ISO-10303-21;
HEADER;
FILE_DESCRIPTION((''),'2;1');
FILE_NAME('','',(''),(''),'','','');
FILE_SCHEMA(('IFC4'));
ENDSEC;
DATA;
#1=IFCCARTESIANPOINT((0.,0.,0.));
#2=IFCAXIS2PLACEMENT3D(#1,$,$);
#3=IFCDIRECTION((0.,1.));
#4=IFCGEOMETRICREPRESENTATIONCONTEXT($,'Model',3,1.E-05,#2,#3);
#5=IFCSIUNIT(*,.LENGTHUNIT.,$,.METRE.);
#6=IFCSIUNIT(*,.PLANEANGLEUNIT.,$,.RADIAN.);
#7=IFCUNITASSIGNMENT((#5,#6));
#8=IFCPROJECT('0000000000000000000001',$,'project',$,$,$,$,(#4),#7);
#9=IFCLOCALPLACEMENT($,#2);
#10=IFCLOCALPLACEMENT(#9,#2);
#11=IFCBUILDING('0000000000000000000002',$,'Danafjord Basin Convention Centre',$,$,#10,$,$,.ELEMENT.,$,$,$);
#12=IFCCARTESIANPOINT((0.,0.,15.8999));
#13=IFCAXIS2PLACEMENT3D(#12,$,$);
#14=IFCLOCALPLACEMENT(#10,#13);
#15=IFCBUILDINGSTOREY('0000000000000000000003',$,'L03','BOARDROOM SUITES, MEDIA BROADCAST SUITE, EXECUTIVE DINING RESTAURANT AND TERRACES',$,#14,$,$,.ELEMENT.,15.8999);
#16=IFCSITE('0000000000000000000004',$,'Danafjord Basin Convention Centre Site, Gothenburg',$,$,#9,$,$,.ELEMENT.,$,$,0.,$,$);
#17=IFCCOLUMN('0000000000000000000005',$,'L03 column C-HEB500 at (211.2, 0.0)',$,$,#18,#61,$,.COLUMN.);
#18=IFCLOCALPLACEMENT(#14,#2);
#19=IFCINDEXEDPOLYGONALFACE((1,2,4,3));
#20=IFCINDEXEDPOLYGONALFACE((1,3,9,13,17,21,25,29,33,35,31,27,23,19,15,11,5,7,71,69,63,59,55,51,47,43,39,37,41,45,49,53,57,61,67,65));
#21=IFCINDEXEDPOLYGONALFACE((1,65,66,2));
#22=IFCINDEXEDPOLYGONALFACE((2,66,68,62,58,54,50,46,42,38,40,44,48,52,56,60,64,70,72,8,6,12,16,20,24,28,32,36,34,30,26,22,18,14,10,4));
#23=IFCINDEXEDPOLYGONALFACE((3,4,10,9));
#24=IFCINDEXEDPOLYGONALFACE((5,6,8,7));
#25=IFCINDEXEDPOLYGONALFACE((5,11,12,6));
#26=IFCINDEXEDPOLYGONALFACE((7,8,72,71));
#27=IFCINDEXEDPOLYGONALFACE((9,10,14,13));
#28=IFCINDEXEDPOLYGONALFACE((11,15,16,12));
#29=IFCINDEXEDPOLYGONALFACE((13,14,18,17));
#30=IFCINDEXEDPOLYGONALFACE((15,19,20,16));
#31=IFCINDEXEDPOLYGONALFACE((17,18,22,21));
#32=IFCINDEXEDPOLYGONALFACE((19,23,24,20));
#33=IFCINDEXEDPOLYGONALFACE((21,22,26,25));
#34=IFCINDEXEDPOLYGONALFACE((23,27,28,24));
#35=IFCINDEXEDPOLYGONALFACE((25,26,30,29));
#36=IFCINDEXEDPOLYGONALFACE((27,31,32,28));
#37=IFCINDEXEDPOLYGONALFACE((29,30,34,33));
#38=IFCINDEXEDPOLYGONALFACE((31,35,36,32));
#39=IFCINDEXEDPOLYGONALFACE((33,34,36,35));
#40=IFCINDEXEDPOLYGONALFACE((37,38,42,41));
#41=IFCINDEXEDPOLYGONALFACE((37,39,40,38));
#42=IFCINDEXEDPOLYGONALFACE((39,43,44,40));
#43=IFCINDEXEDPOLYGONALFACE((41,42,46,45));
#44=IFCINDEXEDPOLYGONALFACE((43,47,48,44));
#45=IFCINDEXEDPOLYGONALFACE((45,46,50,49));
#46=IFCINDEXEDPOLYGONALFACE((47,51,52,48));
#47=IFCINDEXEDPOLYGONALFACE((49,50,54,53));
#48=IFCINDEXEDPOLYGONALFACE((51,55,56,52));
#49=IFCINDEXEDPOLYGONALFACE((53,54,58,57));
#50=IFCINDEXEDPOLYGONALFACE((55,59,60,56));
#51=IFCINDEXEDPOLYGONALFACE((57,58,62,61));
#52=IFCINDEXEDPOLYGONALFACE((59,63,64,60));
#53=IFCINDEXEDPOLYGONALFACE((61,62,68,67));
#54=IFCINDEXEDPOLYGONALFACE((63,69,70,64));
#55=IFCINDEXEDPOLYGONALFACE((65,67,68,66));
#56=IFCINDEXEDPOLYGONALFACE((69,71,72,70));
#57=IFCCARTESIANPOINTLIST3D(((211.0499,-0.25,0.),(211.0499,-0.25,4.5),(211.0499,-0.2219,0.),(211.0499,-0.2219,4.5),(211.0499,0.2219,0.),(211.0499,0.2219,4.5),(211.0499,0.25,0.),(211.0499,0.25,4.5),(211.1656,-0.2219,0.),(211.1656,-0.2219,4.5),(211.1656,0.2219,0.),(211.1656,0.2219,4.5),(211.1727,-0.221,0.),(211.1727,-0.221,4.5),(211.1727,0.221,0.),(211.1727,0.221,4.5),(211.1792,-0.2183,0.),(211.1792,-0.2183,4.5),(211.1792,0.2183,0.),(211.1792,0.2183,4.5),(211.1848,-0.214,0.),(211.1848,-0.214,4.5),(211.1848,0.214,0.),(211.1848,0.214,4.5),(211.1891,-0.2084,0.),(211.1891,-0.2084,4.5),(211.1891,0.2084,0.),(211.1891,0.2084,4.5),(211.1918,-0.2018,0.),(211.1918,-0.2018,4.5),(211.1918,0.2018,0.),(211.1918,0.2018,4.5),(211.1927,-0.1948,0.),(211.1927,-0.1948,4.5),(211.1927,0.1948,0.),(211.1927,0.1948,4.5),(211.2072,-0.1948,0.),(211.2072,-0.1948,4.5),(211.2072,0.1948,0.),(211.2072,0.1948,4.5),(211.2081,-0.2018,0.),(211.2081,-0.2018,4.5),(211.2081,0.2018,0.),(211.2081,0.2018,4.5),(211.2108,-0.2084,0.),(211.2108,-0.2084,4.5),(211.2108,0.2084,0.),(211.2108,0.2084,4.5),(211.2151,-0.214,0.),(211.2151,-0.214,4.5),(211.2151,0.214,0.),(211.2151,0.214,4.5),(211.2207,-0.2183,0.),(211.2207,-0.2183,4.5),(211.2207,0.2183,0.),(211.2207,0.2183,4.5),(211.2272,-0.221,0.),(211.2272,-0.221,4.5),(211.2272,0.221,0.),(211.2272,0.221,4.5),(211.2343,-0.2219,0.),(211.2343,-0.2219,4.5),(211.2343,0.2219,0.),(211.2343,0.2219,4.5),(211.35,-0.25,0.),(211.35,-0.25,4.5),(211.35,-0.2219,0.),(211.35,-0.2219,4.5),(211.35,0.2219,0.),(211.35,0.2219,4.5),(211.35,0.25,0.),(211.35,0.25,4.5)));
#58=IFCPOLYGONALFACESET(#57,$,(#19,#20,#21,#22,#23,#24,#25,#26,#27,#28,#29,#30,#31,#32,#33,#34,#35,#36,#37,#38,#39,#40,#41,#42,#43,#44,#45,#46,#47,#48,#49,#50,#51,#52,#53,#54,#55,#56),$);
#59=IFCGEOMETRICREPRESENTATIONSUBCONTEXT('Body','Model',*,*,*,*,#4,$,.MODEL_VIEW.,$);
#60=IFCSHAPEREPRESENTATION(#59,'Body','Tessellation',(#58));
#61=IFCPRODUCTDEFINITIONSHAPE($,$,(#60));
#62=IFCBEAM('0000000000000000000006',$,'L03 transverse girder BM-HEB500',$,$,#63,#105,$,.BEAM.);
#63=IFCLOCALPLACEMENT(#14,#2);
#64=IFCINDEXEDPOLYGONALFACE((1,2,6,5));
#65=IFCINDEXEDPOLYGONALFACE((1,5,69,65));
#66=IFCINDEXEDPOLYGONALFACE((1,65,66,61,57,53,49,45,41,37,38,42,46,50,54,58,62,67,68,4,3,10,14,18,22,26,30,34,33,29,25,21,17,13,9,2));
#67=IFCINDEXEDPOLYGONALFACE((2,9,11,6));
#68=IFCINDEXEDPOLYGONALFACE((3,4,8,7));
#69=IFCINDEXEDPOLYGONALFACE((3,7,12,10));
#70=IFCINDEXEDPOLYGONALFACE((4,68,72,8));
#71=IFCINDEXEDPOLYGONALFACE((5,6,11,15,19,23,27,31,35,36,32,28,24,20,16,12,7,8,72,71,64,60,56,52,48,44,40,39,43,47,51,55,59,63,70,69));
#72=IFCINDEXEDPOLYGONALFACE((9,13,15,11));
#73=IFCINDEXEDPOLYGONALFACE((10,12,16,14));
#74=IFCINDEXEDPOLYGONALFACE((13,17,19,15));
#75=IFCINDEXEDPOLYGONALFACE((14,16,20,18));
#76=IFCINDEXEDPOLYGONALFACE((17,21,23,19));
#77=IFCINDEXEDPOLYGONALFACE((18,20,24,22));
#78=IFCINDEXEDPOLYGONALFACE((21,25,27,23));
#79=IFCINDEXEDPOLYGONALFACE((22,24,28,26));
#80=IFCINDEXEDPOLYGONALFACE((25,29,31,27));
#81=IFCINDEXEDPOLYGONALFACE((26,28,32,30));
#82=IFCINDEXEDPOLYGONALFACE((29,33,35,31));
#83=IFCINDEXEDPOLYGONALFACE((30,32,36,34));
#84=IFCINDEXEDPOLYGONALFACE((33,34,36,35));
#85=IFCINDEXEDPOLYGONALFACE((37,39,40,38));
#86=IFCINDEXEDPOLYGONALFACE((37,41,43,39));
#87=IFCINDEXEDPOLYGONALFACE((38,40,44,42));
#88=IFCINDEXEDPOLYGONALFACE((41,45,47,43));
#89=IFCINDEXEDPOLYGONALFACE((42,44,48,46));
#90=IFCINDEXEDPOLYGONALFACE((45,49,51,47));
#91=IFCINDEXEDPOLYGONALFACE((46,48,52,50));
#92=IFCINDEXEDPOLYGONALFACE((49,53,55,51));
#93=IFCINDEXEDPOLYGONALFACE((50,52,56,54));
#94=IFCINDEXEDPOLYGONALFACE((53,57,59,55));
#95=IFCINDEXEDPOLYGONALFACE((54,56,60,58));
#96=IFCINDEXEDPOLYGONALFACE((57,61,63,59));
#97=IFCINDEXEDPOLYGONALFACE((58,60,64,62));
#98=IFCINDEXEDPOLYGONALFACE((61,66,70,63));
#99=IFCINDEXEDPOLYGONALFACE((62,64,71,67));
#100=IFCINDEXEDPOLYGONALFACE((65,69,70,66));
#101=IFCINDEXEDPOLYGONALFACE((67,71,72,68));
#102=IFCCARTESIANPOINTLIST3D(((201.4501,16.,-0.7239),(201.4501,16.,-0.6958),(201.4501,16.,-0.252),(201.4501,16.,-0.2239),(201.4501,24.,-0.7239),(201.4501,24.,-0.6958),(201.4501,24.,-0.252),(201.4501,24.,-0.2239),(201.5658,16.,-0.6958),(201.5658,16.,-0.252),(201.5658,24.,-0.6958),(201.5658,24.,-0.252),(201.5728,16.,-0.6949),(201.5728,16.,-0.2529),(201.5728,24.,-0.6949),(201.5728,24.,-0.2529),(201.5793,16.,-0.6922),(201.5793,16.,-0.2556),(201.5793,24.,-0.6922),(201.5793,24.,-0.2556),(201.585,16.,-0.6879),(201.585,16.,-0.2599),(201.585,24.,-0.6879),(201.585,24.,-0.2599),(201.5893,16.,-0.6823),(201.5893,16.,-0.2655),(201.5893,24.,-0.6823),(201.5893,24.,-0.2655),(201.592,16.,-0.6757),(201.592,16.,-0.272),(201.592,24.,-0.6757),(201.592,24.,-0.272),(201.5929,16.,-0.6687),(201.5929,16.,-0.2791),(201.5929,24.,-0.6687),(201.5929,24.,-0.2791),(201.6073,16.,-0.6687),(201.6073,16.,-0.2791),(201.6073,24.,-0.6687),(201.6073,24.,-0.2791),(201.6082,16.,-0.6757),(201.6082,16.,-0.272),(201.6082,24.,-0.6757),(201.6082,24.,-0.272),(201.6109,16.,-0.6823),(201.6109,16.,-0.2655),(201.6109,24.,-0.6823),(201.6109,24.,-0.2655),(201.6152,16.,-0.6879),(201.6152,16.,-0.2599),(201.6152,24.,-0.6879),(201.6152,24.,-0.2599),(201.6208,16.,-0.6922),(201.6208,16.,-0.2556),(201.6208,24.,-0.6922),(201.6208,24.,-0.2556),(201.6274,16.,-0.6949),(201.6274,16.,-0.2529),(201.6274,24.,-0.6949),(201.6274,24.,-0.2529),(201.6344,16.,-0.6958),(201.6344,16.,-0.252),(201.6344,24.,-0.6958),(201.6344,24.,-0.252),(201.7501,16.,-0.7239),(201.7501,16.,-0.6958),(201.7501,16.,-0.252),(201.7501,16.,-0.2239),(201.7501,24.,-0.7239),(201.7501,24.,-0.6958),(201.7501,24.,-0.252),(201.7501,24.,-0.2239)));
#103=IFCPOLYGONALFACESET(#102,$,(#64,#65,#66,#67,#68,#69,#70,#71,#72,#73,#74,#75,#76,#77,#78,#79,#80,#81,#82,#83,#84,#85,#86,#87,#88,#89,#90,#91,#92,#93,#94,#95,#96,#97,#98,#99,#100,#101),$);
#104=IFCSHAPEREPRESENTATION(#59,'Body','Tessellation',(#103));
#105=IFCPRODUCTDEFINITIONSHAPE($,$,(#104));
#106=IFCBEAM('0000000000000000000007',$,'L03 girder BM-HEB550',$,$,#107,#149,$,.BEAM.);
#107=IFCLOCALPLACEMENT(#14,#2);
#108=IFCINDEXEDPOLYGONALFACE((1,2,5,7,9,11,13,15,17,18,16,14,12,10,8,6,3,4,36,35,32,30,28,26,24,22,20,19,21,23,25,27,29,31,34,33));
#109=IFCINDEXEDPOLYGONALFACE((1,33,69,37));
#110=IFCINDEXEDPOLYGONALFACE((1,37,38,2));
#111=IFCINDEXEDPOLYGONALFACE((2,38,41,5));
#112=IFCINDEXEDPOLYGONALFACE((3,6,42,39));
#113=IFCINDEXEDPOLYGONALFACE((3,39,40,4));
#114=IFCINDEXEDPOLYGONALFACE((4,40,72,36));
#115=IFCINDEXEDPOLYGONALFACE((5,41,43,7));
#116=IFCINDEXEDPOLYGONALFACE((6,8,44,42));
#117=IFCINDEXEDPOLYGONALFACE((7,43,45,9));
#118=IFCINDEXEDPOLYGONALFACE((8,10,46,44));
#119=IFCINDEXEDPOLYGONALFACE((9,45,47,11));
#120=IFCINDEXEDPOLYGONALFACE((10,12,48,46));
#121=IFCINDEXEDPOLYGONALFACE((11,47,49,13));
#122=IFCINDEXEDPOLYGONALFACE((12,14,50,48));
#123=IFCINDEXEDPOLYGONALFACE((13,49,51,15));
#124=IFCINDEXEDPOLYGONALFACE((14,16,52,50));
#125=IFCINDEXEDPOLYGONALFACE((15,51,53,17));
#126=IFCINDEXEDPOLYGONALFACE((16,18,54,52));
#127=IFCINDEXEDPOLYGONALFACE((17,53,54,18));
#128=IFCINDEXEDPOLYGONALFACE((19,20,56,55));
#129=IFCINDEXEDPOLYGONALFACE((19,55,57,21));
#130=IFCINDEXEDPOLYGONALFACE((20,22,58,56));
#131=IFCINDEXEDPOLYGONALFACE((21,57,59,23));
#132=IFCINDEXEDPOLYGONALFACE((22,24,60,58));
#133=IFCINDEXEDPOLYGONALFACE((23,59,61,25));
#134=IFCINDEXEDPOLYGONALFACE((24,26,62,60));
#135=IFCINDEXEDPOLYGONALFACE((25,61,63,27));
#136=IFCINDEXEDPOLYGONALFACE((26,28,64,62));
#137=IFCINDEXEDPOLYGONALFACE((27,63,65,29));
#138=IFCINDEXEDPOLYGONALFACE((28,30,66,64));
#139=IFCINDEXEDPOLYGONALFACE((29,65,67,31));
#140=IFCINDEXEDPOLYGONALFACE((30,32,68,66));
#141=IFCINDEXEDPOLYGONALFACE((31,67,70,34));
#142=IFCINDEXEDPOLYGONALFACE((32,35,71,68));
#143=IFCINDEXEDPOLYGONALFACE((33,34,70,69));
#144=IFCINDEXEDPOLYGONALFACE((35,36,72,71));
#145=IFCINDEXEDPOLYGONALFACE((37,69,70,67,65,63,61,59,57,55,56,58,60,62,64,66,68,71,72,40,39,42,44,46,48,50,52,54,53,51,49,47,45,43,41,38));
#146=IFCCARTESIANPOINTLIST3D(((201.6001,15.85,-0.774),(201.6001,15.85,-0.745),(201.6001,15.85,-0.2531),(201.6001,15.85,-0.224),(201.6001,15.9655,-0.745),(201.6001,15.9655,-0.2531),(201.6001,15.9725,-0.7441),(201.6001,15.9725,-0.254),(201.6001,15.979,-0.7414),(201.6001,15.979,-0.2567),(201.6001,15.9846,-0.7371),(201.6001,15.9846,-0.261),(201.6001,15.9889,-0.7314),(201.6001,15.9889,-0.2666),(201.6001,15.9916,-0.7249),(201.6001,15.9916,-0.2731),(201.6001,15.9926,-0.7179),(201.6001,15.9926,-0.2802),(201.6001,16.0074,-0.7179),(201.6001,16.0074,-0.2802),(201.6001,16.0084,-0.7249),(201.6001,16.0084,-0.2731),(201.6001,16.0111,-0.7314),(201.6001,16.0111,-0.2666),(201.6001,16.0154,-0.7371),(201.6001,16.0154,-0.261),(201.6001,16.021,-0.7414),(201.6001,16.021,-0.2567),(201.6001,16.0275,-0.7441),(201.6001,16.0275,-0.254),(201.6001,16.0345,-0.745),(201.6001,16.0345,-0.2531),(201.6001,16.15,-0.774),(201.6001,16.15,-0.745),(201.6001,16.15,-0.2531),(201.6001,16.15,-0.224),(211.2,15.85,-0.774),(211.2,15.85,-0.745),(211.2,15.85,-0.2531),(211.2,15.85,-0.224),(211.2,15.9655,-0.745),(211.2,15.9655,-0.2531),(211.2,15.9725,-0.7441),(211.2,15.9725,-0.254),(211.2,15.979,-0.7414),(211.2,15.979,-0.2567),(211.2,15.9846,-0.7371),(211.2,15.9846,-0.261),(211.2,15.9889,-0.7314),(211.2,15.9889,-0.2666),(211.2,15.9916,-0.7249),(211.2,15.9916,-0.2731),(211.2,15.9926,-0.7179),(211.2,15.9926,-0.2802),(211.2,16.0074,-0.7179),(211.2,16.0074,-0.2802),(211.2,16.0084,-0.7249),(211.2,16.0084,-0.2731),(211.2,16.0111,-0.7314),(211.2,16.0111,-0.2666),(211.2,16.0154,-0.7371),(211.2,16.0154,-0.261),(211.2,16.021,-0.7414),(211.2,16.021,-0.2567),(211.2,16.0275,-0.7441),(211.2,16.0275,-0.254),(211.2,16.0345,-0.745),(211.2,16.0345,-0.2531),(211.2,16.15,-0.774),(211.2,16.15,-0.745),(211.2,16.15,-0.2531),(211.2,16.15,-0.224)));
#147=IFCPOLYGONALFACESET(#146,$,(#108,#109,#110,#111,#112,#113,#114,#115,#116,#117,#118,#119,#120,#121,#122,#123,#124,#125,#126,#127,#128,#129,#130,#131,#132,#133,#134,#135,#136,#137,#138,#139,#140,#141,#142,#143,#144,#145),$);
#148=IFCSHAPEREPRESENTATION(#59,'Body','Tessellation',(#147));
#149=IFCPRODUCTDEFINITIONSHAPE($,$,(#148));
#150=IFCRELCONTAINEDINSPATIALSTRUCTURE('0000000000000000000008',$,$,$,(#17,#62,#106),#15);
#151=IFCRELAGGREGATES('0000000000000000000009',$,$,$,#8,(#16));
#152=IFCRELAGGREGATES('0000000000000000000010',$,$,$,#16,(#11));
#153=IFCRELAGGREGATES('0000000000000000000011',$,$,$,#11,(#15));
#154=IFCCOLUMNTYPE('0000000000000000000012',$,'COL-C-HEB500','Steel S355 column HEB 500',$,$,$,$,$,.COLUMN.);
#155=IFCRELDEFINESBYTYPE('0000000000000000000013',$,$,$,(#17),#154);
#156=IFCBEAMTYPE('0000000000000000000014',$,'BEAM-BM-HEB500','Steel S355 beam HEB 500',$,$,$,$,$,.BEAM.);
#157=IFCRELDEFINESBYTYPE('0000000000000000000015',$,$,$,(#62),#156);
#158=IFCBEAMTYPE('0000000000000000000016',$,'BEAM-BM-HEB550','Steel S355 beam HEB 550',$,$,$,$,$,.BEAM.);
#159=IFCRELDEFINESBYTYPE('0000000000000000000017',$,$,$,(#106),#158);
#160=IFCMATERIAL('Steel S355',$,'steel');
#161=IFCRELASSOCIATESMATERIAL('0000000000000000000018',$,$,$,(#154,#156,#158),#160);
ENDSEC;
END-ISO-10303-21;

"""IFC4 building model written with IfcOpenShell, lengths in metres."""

from ifc_helpers import new_model, si_unit, direction, frame, origin, origin_2d, place, context, subcontext, project, spatial, i_section, extrude, material, material_profile, profile_set, type_object, element, save


model = new_model("IFC4")

# Units and contexts
model_context = context("Model", 3, precision=1e-05, world=origin(), true_north=direction((0.0, 1.0)))
body_context = subcontext(model_context, "Body", "Model", "MODEL_VIEW")
ifc_project = project(units=[si_unit("LENGTHUNIT", "METRE"), si_unit("PLANEANGLEUNIT", "RADIAN")], contexts=[model_context])

# Site, building, storey
site_placement = place(None, origin())
site = spatial("IfcSite", under=ifc_project, at=site_placement, Name="Danafjord Basin Convention Centre Site, Gothenburg", CompositionType="ELEMENT", RefElevation=0.0)
building_placement = place(site_placement, origin())
building = spatial("IfcBuilding", under=site, at=building_placement, Name="Danafjord Basin Convention Centre", CompositionType="ELEMENT")
storey_placement = place(building_placement, frame((0.0, 0.0, 15.8999)))
storey = spatial("IfcBuildingStorey", under=building, at=storey_placement, Name="L03", Description="BOARDROOM SUITES, MEDIA BROADCAST SUITE, EXECUTIVE DINING RESTAURANT AND TERRACES", CompositionType="ELEMENT", Elevation=15.8999)

# Column
ifc_material_1 = material(Name="Steel S355", Category="steel")
ifc_material_profile_1 = material_profile(ifc_material_1, i_section(OverallWidth=0.3, OverallDepth=0.5, WebThickness=0.0144, FlangeThickness=0.0281, FilletRadius=0.0271, at=origin_2d()), Name="HEB 500")
ifc_profile_set_1 = profile_set([ifc_material_profile_1], Name="Steel S355")
column_type_1 = type_object("IfcColumnType", Name="COL-C-HEB500", Description="Steel S355 column HEB 500", PredefinedType="COLUMN", material=ifc_profile_set_1)
column_1_placement = place(storey_placement, frame((211.2, 0.0, 0.0), z_axis=(0.0, 0.0, 1.0), x_axis=(1.0, 0.0, 0.0)))
element("IfcColumn", 1, at=column_1_placement, inside=storey, type_object=column_type_1, Name="L03 column C-HEB500 at (211.2, 0.0)", PredefinedType="COLUMN", context=body_context, shape_type="SweptSolid", body=[
    extrude(i_section(OverallWidth=0.3, OverallDepth=0.5, WebThickness=0.0144, FlangeThickness=0.0281, FilletRadius=0.0271, at=origin_2d()), origin(), (0.0, 0.0, 1.0), 4.5),
])

# Beams
ifc_material_profile_2 = material_profile(ifc_material_1, i_section(OverallWidth=0.3, OverallDepth=0.5, WebThickness=0.0144, FlangeThickness=0.0281, FilletRadius=0.0271, at=origin_2d()), Name="HEB 500")
ifc_profile_set_2 = profile_set([ifc_material_profile_2], Name="Steel S355")
beam_type_1 = type_object("IfcBeamType", Name="BEAM-BM-HEB500", Description="Steel S355 beam HEB 500", PredefinedType="BEAM", material=ifc_profile_set_2)
beam_1_placement = place(storey_placement, frame((201.6001, 16.0, -0.4739), z_axis=(0.0, 1.0, 0.0), x_axis=(-1.0, 0.0, 0.0)))
element("IfcBeam", 2, at=beam_1_placement, inside=storey, type_object=beam_type_1, Name="L03 transverse girder BM-HEB500", PredefinedType="BEAM", context=body_context, shape_type="SweptSolid", body=[
    extrude(i_section(OverallWidth=0.3, OverallDepth=0.5, WebThickness=0.0144, FlangeThickness=0.0281, FilletRadius=0.0271, at=origin_2d()), origin(), (0.0, 0.0, 1.0), 8.0),
])
ifc_material_profile_3 = material_profile(ifc_material_1, i_section(OverallWidth=0.3, OverallDepth=0.55, WebThickness=0.0149, FlangeThickness=0.0291, FilletRadius=0.0271, at=origin_2d()), Name="HEB 550")
ifc_profile_set_3 = profile_set([ifc_material_profile_3], Name="Steel S355")
beam_type_2 = type_object("IfcBeamType", Name="BEAM-BM-HEB550", Description="Steel S355 beam HEB 550", PredefinedType="BEAM", material=ifc_profile_set_3)
beam_2_placement = place(storey_placement, frame((201.6001, 16.0, -0.499), z_axis=(1.0, 0.0, 0.0), x_axis=(0.0, 1.0, 0.0)))
element("IfcBeam", 3, at=beam_2_placement, inside=storey, type_object=beam_type_2, Name="L03 girder BM-HEB550", PredefinedType="BEAM", context=body_context, shape_type="SweptSolid", body=[
    extrude(i_section(OverallWidth=0.3, OverallDepth=0.55, WebThickness=0.0149, FlangeThickness=0.0291, FilletRadius=0.0271, at=origin_2d()), origin(), (0.0, 0.0, 1.0), 9.5999),
])

save(model, "model.ifc")
